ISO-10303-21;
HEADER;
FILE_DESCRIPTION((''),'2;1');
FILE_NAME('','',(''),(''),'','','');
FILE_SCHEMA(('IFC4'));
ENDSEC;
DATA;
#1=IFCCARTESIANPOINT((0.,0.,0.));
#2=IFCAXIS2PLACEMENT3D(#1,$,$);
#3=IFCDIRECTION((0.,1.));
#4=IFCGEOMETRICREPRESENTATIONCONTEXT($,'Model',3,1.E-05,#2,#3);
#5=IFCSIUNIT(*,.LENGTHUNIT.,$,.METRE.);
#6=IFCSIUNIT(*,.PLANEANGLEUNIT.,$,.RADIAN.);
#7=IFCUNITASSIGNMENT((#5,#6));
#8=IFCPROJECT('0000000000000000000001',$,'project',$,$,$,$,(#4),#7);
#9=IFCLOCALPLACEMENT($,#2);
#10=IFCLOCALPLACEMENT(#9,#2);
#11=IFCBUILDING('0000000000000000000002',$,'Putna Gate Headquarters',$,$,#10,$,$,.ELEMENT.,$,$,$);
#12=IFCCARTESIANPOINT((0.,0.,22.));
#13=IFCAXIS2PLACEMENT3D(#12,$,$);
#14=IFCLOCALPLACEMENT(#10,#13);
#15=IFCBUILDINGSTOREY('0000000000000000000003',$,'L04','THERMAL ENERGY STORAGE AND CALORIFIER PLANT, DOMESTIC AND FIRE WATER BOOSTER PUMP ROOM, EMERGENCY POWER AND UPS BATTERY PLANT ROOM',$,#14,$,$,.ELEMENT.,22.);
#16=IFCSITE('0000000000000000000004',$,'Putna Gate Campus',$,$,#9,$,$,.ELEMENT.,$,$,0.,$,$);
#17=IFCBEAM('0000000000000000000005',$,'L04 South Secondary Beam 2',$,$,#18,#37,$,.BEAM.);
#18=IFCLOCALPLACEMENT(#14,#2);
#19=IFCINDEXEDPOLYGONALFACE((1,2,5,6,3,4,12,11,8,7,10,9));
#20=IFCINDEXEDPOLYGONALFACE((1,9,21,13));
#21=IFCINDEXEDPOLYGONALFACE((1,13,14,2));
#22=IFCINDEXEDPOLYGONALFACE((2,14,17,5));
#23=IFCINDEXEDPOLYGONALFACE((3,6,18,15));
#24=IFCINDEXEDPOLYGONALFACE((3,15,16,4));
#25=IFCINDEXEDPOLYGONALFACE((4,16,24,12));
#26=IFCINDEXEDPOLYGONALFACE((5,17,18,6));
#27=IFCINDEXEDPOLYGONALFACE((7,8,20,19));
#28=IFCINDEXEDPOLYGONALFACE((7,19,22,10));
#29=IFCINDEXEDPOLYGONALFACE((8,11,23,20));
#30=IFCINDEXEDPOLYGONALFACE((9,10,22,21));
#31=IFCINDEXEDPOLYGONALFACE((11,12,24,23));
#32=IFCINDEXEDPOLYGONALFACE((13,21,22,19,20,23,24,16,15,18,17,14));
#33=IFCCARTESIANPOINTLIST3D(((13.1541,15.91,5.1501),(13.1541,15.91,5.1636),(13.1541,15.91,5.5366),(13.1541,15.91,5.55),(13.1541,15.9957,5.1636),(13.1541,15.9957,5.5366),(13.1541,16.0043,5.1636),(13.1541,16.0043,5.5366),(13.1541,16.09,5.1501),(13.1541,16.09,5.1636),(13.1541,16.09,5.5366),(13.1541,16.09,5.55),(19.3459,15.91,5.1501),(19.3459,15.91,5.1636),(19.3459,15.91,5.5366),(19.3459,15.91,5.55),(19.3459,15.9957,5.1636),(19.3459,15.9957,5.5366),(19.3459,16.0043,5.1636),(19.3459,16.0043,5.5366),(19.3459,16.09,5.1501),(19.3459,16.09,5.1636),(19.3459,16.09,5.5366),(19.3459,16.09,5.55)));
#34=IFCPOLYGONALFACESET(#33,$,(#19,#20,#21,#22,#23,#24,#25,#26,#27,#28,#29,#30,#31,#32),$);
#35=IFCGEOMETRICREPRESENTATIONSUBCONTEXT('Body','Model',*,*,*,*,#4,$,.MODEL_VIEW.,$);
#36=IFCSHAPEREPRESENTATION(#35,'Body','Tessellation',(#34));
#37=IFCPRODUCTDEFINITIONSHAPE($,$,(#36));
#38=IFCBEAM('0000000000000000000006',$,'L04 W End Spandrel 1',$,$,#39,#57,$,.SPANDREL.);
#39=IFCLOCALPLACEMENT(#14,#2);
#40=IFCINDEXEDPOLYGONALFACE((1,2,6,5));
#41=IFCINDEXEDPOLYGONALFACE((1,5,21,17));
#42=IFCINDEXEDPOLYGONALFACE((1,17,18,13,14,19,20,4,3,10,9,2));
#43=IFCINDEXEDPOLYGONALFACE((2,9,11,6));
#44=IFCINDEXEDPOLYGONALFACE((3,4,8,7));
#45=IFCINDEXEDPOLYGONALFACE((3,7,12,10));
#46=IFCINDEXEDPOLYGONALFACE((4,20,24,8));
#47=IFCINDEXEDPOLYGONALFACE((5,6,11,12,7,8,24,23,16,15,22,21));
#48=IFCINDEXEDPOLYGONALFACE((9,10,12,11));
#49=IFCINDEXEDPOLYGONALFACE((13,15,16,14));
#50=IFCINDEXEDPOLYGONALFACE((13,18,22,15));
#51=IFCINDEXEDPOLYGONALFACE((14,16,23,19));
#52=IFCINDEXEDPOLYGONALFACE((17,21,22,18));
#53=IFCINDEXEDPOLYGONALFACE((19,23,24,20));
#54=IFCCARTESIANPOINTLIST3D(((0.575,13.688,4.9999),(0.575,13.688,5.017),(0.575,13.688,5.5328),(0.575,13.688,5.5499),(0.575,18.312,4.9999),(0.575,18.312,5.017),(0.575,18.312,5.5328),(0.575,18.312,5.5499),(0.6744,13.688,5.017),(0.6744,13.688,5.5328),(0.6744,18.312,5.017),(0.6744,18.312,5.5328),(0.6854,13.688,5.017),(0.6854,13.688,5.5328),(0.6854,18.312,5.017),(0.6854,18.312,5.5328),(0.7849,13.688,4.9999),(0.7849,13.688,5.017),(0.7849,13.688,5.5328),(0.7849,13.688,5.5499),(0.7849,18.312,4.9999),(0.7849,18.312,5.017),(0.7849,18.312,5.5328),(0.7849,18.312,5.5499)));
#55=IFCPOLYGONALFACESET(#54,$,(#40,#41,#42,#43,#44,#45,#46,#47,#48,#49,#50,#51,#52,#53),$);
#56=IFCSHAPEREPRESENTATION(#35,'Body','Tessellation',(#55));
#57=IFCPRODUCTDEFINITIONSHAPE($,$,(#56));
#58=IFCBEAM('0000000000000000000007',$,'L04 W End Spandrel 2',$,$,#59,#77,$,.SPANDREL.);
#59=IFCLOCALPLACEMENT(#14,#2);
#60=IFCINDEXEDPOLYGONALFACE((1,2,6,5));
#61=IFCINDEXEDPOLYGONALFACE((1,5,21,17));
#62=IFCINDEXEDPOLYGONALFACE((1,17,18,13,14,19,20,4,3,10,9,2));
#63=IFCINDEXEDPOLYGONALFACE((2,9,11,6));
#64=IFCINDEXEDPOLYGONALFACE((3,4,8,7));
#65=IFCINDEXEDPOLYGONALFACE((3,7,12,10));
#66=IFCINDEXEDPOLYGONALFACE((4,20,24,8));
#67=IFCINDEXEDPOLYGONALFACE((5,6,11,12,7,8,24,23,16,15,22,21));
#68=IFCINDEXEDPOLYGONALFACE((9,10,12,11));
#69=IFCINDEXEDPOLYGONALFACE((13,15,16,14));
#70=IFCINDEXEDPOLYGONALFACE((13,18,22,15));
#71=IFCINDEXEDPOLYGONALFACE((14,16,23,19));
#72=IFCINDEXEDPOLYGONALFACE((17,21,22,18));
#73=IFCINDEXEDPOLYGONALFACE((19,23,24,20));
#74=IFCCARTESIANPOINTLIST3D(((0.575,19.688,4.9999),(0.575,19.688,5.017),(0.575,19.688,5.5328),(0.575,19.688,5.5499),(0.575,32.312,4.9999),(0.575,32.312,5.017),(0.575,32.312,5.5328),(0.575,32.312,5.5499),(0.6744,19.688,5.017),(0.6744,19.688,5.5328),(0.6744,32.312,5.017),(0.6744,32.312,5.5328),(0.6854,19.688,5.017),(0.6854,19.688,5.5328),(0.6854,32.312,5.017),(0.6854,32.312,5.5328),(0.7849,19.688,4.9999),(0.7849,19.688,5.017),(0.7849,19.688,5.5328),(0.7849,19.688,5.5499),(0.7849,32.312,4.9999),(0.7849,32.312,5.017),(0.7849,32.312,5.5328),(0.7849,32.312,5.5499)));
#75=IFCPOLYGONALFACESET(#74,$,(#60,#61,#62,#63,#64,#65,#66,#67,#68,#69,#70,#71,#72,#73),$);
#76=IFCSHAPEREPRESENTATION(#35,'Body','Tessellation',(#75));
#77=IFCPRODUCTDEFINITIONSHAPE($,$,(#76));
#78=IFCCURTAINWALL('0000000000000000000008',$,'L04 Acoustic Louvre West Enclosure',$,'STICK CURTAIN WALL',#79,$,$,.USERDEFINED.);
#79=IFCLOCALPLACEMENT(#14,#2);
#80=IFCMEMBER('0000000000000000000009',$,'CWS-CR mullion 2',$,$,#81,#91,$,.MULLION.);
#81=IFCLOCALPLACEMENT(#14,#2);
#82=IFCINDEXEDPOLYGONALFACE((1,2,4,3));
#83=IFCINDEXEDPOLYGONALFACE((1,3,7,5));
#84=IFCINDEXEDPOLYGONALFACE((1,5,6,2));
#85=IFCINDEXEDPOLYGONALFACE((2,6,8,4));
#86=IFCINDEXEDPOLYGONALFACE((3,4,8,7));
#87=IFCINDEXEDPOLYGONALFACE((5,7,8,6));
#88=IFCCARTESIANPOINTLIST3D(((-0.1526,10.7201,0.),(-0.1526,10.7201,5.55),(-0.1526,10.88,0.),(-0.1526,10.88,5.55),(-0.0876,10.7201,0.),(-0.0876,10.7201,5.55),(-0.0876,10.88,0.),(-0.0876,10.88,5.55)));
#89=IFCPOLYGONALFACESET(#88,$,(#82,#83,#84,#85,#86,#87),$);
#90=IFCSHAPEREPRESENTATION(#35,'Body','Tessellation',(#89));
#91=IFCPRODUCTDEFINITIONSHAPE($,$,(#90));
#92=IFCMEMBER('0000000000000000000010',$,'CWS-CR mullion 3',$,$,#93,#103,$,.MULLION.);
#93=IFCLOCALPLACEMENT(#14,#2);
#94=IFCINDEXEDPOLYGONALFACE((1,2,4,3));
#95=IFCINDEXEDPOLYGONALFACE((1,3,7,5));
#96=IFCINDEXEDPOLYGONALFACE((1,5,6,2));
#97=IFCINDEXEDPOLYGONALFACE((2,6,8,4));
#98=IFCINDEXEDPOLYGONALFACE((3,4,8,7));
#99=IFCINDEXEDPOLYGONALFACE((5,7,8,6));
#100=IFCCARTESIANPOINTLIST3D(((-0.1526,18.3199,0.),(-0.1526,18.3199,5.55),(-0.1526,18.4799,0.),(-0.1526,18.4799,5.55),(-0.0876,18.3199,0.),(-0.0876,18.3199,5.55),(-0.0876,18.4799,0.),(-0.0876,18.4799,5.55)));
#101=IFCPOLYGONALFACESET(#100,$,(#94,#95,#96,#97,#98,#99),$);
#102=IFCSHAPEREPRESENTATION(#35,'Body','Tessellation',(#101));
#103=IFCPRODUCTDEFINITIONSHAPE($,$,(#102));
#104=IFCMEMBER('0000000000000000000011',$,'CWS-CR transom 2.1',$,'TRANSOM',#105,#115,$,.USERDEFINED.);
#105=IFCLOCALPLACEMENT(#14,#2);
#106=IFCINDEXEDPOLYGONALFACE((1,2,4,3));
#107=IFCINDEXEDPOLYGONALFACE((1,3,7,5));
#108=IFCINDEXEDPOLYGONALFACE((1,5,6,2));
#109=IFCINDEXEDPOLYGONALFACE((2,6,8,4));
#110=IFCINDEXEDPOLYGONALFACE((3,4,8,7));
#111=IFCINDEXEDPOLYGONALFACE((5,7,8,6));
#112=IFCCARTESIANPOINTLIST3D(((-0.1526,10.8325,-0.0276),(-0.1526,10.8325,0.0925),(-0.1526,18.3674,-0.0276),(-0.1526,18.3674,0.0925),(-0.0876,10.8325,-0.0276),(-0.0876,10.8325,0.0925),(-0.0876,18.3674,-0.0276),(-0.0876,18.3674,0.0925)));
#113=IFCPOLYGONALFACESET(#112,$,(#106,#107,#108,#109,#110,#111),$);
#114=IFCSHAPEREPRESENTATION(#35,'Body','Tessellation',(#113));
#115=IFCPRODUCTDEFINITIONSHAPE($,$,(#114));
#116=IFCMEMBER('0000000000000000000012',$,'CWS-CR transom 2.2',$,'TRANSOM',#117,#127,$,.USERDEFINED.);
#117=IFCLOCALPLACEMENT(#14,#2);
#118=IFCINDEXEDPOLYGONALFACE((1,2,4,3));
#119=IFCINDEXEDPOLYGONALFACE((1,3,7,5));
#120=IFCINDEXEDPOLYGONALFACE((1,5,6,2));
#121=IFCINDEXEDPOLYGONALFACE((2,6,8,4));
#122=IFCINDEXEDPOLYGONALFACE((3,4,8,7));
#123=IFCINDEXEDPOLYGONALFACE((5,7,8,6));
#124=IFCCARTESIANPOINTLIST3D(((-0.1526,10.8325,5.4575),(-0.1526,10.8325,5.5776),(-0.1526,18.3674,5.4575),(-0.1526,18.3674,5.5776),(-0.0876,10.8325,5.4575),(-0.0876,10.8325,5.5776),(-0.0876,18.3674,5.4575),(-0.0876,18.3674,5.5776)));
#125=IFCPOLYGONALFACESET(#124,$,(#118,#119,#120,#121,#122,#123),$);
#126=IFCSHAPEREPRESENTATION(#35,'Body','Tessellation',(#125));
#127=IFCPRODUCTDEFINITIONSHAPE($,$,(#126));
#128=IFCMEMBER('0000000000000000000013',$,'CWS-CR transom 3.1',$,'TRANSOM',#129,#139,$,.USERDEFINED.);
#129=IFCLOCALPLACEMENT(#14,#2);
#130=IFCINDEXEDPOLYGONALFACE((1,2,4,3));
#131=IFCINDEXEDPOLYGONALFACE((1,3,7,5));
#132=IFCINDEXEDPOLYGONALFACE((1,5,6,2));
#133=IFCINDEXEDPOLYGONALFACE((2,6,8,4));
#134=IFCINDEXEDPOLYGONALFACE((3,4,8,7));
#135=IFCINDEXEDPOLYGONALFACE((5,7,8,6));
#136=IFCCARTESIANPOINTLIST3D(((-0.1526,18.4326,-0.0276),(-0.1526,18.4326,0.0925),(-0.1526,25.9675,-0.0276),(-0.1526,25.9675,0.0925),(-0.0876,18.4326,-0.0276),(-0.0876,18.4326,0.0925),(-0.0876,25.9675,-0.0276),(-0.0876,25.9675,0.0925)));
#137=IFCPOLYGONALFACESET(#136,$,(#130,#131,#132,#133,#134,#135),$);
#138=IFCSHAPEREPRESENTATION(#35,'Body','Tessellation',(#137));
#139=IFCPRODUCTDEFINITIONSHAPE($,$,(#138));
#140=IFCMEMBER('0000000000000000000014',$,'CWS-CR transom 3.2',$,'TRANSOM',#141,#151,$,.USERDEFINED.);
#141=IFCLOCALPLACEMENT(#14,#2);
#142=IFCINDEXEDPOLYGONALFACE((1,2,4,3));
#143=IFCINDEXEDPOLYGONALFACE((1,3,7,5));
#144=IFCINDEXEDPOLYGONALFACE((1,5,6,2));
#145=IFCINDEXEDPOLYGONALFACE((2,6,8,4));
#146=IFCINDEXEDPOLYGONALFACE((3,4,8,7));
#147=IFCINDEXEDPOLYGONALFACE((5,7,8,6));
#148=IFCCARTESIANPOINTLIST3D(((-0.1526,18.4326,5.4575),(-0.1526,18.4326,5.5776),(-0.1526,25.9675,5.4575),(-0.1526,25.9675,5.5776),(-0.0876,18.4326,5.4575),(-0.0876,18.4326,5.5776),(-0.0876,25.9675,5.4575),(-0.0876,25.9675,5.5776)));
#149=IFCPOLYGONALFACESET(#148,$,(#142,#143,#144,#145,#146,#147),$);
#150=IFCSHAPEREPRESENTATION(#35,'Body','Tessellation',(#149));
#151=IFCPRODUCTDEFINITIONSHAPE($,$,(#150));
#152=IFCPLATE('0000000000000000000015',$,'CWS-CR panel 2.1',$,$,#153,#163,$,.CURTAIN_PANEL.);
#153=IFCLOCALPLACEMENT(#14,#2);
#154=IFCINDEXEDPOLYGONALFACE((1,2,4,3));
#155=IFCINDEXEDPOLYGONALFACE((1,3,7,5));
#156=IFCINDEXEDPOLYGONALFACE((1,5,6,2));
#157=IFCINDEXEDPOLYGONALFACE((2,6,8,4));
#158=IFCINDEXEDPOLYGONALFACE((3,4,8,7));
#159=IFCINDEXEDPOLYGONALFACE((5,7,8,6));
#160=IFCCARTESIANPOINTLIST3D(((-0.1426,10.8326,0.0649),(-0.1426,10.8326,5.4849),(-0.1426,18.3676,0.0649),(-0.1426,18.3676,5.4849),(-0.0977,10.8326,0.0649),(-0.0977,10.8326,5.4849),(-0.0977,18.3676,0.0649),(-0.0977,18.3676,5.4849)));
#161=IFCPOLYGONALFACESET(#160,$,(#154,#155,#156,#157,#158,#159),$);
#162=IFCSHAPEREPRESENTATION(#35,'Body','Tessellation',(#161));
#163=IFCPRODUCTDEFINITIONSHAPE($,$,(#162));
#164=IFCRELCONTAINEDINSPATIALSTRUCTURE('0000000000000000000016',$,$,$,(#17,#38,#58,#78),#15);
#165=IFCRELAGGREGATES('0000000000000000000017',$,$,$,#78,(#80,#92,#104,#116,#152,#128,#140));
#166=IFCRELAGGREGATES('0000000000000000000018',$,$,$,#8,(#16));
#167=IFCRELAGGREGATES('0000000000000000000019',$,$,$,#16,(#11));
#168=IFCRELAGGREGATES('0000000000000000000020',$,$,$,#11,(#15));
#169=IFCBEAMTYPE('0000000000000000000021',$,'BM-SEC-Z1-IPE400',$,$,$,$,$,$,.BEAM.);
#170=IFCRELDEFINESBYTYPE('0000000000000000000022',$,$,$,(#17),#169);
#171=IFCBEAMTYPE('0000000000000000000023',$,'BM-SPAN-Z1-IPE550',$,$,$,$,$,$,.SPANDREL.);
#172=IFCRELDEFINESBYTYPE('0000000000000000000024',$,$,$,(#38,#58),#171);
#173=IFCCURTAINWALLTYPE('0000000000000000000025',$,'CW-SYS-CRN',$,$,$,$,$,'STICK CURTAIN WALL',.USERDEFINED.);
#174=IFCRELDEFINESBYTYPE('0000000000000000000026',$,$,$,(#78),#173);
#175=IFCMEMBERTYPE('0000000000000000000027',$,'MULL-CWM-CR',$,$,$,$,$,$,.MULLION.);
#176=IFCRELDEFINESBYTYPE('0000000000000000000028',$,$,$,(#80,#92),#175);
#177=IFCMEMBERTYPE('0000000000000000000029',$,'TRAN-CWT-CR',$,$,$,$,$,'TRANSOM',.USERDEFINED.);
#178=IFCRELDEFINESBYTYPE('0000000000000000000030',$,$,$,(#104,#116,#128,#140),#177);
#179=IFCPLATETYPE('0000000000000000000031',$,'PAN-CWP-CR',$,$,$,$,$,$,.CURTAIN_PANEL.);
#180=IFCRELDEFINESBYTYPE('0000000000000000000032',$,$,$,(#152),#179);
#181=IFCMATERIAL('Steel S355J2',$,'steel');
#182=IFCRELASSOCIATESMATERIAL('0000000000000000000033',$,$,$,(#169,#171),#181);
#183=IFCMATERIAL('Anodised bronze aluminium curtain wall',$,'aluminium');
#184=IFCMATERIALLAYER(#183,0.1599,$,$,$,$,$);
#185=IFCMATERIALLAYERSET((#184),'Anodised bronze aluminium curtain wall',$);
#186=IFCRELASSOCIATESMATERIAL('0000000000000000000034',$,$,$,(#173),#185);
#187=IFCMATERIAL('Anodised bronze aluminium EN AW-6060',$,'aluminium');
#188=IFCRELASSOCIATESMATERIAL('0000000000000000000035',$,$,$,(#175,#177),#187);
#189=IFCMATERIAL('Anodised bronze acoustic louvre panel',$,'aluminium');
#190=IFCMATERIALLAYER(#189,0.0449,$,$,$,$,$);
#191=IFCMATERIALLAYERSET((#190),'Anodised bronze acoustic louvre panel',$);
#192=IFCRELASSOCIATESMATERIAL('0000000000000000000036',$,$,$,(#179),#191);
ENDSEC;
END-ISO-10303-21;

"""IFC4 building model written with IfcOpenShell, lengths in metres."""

from ifc_helpers import new_model, si_unit, direction, frame, origin, origin_2d, place, context, subcontext, project, spatial, rectangle, i_section, extrude, material, layer, layer_set, material_profile, profile_set, type_object, element, aggregate, save


model = new_model("IFC4")

# Units and contexts
model_context = context("Model", 3, precision=1e-05, world=origin(), true_north=direction((0.0, 1.0)))
body_context = subcontext(model_context, "Body", "Model", "MODEL_VIEW")
ifc_project = project(units=[si_unit("LENGTHUNIT", "METRE"), si_unit("PLANEANGLEUNIT", "RADIAN")], contexts=[model_context])

# Site, building, storey
site_placement = place(None, origin())
site = spatial("IfcSite", under=ifc_project, at=site_placement, Name="Putna Gate Campus", CompositionType="ELEMENT", RefElevation=0.0)
building_placement = place(site_placement, origin())
building = spatial("IfcBuilding", under=site, at=building_placement, Name="Putna Gate Headquarters", CompositionType="ELEMENT")
storey_placement = place(building_placement, frame((0.0, 0.0, 22.0)))
storey = spatial("IfcBuildingStorey", under=building, at=storey_placement, Name="L04", Description="THERMAL ENERGY STORAGE AND CALORIFIER PLANT, DOMESTIC AND FIRE WATER BOOSTER PUMP ROOM, EMERGENCY POWER AND UPS BATTERY PLANT ROOM", CompositionType="ELEMENT", Elevation=22.0)

# Beams
ifc_material_1 = material(Name="Steel S355J2", Category="steel")
ifc_material_profile_1 = material_profile(ifc_material_1, i_section(OverallWidth=0.1799, OverallDepth=0.3999, WebThickness=0.0085, FlangeThickness=0.0134, at=origin_2d()), Name="Steel S355J2")
ifc_profile_set_1 = profile_set([ifc_material_profile_1], Name="Steel S355J2")
beam_type_1 = type_object("IfcBeamType", Name="BM-SEC-Z1-IPE400", PredefinedType="BEAM", material=ifc_profile_set_1)
for number, where, z_axis, x_axis, name in (
    (1, (13.1541, 16.0, 5.3501), (1.0, 0.0, 0.0), (0.0, 1.0, 0.0), "L04 South Secondary Beam 2"),
):
    element("IfcBeam", number, at=place(storey_placement, frame(where, z_axis=z_axis, x_axis=x_axis)), inside=storey, type_object=beam_type_1, Name=name, PredefinedType="BEAM", context=body_context, shape_type="SweptSolid", body=[
        extrude(i_section(OverallWidth=0.1799, OverallDepth=0.3999, WebThickness=0.0085, FlangeThickness=0.0134, at=origin_2d()), origin(), (0.0, 0.0, 1.0), 6.1919),
    ])
ifc_material_profile_2 = material_profile(ifc_material_1, i_section(OverallWidth=0.21, OverallDepth=0.55, WebThickness=0.011, FlangeThickness=0.0171, at=origin_2d()), Name="Steel S355J2")
ifc_profile_set_2 = profile_set([ifc_material_profile_2], Name="Steel S355J2")
beam_type_2 = type_object("IfcBeamType", Name="BM-SPAN-Z1-IPE550", PredefinedType="SPANDREL", material=ifc_profile_set_2)
beam_1_placement = place(storey_placement, frame((0.6799, 13.688, 5.2749), z_axis=(0.0, 1.0, 0.0), x_axis=(-1.0, 0.0, 0.0)))
element("IfcBeam", 2, at=beam_1_placement, inside=storey, type_object=beam_type_2, Name="L04 W End Spandrel 1", PredefinedType="SPANDREL", context=body_context, shape_type="SweptSolid", body=[
    extrude(i_section(OverallWidth=0.21, OverallDepth=0.55, WebThickness=0.011, FlangeThickness=0.0171, at=origin_2d()), origin(), (0.0, 0.0, 1.0), 4.624),
])
beam_2_placement = place(storey_placement, frame((0.6799, 19.688, 5.2749), z_axis=(0.0, 1.0, 0.0), x_axis=(-1.0, 0.0, 0.0)))
element("IfcBeam", 3, at=beam_2_placement, inside=storey, type_object=beam_type_2, Name="L04 W End Spandrel 2", PredefinedType="SPANDREL", context=body_context, shape_type="SweptSolid", body=[
    extrude(i_section(OverallWidth=0.21, OverallDepth=0.55, WebThickness=0.011, FlangeThickness=0.0171, at=origin_2d()), origin(), (0.0, 0.0, 1.0), 12.624),
])

# Curtain wall, members, plate
ifc_material_2 = material(Name="Anodised bronze aluminium curtain wall", Category="aluminium")
ifc_layer_1 = layer(ifc_material_2, 0.1599)
ifc_layer_set_1 = layer_set([ifc_layer_1], Name="Anodised bronze aluminium curtain wall")
curtain_wall_type = type_object("IfcCurtainWallType", Name="CW-SYS-CRN", ElementType="STICK CURTAIN WALL", PredefinedType="USERDEFINED", material=ifc_layer_set_1)
curtain_wall_placement = place(storey_placement, origin())
curtain_wall = element("IfcCurtainWall", 4, at=curtain_wall_placement, inside=storey, type_object=curtain_wall_type, Name="L04 Acoustic Louvre West Enclosure", ObjectType="STICK CURTAIN WALL", PredefinedType="USERDEFINED")
ifc_material_3 = material(Name="Anodised bronze aluminium EN AW-6060", Category="aluminium")
ifc_material_profile_3 = material_profile(ifc_material_3, rectangle(XDim=0.0649, YDim=0.1599, at=origin_2d()), Name="Anodised bronze aluminium EN AW-6060")
ifc_profile_set_3 = profile_set([ifc_material_profile_3], Name="Anodised bronze aluminium EN AW-6060")
member_type_1 = type_object("IfcMemberType", Name="MULL-CWM-CR", PredefinedType="MULLION", material=ifc_profile_set_3)
member_1_placement = place(storey_placement, frame((-0.1201, 10.8, 0.0), z_axis=(0.0, 0.0, 1.0), x_axis=(-1.0, 0.0, 0.0)))
member_1 = element("IfcMember", 5, at=member_1_placement, type_object=member_type_1, Name="CWS-CR mullion 2", PredefinedType="MULLION", context=body_context, shape_type="SweptSolid", body=[
    extrude(rectangle(XDim=0.0649, YDim=0.1599, at=origin_2d()), origin(), (0.0, 0.0, 1.0), 5.55),
])
member_2_placement = place(storey_placement, frame((-0.1201, 18.3999, 0.0), z_axis=(0.0, 0.0, 1.0), x_axis=(-1.0, 0.0, 0.0)))
member_2 = element("IfcMember", 6, at=member_2_placement, type_object=member_type_1, Name="CWS-CR mullion 3", PredefinedType="MULLION", context=body_context, shape_type="SweptSolid", body=[
    extrude(rectangle(XDim=0.0649, YDim=0.1599, at=origin_2d()), origin(), (0.0, 0.0, 1.0), 5.55),
])
ifc_material_profile_4 = material_profile(ifc_material_3, rectangle(XDim=0.0649, YDim=0.1201, at=origin_2d()), Name="Anodised bronze aluminium EN AW-6060")
ifc_profile_set_4 = profile_set([ifc_material_profile_4], Name="Anodised bronze aluminium EN AW-6060")
member_type_2 = type_object("IfcMemberType", Name="TRAN-CWT-CR", ElementType="TRANSOM", PredefinedType="USERDEFINED", material=ifc_profile_set_4)
member_3_placement = place(storey_placement, frame((-0.1201, 10.8325, 0.0325), z_axis=(0.0, 1.0, 0.0), x_axis=(-1.0, 0.0, 0.0)))
member_3 = element("IfcMember", 7, at=member_3_placement, type_object=member_type_2, Name="CWS-CR transom 2.1", ObjectType="TRANSOM", PredefinedType="USERDEFINED", context=body_context, shape_type="SweptSolid", body=[
    extrude(rectangle(XDim=0.0649, YDim=0.1201, at=origin_2d()), origin(), (0.0, 0.0, 1.0), 7.5349),
])
member_4_placement = place(storey_placement, frame((-0.1201, 10.8325, 5.5176), z_axis=(0.0, 1.0, 0.0), x_axis=(-1.0, 0.0, 0.0)))
member_4 = element("IfcMember", 8, at=member_4_placement, type_object=member_type_2, Name="CWS-CR transom 2.2", ObjectType="TRANSOM", PredefinedType="USERDEFINED", context=body_context, shape_type="SweptSolid", body=[
    extrude(rectangle(XDim=0.0649, YDim=0.1201, at=origin_2d()), origin(), (0.0, 0.0, 1.0), 7.5349),
])
member_5_placement = place(storey_placement, frame((-0.1201, 18.4326, 0.0325), z_axis=(0.0, 1.0, 0.0), x_axis=(-1.0, 0.0, 0.0)))
member_5 = element("IfcMember", 9, at=member_5_placement, type_object=member_type_2, Name="CWS-CR transom 3.1", ObjectType="TRANSOM", PredefinedType="USERDEFINED", context=body_context, shape_type="SweptSolid", body=[
    extrude(rectangle(XDim=0.0649, YDim=0.1201, at=origin_2d()), origin(), (0.0, 0.0, 1.0), 7.5349),
])
member_6_placement = place(storey_placement, frame((-0.1201, 18.4326, 5.5176), z_axis=(0.0, 1.0, 0.0), x_axis=(-1.0, 0.0, 0.0)))
member_6 = element("IfcMember", 10, at=member_6_placement, type_object=member_type_2, Name="CWS-CR transom 3.2", ObjectType="TRANSOM", PredefinedType="USERDEFINED", context=body_context, shape_type="SweptSolid", body=[
    extrude(rectangle(XDim=0.0649, YDim=0.1201, at=origin_2d()), origin(), (0.0, 0.0, 1.0), 7.5349),
])
ifc_material_4 = material(Name="Anodised bronze acoustic louvre panel", Category="aluminium")
ifc_layer_2 = layer(ifc_material_4, 0.0449)
ifc_layer_set_2 = layer_set([ifc_layer_2], Name="Anodised bronze acoustic louvre panel")
plate_type = type_object("IfcPlateType", Name="PAN-CWP-CR", PredefinedType="CURTAIN_PANEL", material=ifc_layer_set_2)
plate_placement = place(storey_placement, frame((-0.1201, 14.6001, 0.0649), z_axis=(0.0, 0.0, 1.0), x_axis=(0.0, 1.0, 0.0)))
plate = element("IfcPlate", 11, at=plate_placement, type_object=plate_type, Name="CWS-CR panel 2.1", PredefinedType="CURTAIN_PANEL", context=body_context, shape_type="SweptSolid", body=[
    extrude(rectangle(XDim=7.5349, YDim=0.0449, at=origin_2d()), origin(), (0.0, 0.0, 1.0), 5.4199),
])
aggregate(curtain_wall, [member_1, member_2, member_3, member_4, plate, member_5, member_6])

save(model, "model.ifc")
